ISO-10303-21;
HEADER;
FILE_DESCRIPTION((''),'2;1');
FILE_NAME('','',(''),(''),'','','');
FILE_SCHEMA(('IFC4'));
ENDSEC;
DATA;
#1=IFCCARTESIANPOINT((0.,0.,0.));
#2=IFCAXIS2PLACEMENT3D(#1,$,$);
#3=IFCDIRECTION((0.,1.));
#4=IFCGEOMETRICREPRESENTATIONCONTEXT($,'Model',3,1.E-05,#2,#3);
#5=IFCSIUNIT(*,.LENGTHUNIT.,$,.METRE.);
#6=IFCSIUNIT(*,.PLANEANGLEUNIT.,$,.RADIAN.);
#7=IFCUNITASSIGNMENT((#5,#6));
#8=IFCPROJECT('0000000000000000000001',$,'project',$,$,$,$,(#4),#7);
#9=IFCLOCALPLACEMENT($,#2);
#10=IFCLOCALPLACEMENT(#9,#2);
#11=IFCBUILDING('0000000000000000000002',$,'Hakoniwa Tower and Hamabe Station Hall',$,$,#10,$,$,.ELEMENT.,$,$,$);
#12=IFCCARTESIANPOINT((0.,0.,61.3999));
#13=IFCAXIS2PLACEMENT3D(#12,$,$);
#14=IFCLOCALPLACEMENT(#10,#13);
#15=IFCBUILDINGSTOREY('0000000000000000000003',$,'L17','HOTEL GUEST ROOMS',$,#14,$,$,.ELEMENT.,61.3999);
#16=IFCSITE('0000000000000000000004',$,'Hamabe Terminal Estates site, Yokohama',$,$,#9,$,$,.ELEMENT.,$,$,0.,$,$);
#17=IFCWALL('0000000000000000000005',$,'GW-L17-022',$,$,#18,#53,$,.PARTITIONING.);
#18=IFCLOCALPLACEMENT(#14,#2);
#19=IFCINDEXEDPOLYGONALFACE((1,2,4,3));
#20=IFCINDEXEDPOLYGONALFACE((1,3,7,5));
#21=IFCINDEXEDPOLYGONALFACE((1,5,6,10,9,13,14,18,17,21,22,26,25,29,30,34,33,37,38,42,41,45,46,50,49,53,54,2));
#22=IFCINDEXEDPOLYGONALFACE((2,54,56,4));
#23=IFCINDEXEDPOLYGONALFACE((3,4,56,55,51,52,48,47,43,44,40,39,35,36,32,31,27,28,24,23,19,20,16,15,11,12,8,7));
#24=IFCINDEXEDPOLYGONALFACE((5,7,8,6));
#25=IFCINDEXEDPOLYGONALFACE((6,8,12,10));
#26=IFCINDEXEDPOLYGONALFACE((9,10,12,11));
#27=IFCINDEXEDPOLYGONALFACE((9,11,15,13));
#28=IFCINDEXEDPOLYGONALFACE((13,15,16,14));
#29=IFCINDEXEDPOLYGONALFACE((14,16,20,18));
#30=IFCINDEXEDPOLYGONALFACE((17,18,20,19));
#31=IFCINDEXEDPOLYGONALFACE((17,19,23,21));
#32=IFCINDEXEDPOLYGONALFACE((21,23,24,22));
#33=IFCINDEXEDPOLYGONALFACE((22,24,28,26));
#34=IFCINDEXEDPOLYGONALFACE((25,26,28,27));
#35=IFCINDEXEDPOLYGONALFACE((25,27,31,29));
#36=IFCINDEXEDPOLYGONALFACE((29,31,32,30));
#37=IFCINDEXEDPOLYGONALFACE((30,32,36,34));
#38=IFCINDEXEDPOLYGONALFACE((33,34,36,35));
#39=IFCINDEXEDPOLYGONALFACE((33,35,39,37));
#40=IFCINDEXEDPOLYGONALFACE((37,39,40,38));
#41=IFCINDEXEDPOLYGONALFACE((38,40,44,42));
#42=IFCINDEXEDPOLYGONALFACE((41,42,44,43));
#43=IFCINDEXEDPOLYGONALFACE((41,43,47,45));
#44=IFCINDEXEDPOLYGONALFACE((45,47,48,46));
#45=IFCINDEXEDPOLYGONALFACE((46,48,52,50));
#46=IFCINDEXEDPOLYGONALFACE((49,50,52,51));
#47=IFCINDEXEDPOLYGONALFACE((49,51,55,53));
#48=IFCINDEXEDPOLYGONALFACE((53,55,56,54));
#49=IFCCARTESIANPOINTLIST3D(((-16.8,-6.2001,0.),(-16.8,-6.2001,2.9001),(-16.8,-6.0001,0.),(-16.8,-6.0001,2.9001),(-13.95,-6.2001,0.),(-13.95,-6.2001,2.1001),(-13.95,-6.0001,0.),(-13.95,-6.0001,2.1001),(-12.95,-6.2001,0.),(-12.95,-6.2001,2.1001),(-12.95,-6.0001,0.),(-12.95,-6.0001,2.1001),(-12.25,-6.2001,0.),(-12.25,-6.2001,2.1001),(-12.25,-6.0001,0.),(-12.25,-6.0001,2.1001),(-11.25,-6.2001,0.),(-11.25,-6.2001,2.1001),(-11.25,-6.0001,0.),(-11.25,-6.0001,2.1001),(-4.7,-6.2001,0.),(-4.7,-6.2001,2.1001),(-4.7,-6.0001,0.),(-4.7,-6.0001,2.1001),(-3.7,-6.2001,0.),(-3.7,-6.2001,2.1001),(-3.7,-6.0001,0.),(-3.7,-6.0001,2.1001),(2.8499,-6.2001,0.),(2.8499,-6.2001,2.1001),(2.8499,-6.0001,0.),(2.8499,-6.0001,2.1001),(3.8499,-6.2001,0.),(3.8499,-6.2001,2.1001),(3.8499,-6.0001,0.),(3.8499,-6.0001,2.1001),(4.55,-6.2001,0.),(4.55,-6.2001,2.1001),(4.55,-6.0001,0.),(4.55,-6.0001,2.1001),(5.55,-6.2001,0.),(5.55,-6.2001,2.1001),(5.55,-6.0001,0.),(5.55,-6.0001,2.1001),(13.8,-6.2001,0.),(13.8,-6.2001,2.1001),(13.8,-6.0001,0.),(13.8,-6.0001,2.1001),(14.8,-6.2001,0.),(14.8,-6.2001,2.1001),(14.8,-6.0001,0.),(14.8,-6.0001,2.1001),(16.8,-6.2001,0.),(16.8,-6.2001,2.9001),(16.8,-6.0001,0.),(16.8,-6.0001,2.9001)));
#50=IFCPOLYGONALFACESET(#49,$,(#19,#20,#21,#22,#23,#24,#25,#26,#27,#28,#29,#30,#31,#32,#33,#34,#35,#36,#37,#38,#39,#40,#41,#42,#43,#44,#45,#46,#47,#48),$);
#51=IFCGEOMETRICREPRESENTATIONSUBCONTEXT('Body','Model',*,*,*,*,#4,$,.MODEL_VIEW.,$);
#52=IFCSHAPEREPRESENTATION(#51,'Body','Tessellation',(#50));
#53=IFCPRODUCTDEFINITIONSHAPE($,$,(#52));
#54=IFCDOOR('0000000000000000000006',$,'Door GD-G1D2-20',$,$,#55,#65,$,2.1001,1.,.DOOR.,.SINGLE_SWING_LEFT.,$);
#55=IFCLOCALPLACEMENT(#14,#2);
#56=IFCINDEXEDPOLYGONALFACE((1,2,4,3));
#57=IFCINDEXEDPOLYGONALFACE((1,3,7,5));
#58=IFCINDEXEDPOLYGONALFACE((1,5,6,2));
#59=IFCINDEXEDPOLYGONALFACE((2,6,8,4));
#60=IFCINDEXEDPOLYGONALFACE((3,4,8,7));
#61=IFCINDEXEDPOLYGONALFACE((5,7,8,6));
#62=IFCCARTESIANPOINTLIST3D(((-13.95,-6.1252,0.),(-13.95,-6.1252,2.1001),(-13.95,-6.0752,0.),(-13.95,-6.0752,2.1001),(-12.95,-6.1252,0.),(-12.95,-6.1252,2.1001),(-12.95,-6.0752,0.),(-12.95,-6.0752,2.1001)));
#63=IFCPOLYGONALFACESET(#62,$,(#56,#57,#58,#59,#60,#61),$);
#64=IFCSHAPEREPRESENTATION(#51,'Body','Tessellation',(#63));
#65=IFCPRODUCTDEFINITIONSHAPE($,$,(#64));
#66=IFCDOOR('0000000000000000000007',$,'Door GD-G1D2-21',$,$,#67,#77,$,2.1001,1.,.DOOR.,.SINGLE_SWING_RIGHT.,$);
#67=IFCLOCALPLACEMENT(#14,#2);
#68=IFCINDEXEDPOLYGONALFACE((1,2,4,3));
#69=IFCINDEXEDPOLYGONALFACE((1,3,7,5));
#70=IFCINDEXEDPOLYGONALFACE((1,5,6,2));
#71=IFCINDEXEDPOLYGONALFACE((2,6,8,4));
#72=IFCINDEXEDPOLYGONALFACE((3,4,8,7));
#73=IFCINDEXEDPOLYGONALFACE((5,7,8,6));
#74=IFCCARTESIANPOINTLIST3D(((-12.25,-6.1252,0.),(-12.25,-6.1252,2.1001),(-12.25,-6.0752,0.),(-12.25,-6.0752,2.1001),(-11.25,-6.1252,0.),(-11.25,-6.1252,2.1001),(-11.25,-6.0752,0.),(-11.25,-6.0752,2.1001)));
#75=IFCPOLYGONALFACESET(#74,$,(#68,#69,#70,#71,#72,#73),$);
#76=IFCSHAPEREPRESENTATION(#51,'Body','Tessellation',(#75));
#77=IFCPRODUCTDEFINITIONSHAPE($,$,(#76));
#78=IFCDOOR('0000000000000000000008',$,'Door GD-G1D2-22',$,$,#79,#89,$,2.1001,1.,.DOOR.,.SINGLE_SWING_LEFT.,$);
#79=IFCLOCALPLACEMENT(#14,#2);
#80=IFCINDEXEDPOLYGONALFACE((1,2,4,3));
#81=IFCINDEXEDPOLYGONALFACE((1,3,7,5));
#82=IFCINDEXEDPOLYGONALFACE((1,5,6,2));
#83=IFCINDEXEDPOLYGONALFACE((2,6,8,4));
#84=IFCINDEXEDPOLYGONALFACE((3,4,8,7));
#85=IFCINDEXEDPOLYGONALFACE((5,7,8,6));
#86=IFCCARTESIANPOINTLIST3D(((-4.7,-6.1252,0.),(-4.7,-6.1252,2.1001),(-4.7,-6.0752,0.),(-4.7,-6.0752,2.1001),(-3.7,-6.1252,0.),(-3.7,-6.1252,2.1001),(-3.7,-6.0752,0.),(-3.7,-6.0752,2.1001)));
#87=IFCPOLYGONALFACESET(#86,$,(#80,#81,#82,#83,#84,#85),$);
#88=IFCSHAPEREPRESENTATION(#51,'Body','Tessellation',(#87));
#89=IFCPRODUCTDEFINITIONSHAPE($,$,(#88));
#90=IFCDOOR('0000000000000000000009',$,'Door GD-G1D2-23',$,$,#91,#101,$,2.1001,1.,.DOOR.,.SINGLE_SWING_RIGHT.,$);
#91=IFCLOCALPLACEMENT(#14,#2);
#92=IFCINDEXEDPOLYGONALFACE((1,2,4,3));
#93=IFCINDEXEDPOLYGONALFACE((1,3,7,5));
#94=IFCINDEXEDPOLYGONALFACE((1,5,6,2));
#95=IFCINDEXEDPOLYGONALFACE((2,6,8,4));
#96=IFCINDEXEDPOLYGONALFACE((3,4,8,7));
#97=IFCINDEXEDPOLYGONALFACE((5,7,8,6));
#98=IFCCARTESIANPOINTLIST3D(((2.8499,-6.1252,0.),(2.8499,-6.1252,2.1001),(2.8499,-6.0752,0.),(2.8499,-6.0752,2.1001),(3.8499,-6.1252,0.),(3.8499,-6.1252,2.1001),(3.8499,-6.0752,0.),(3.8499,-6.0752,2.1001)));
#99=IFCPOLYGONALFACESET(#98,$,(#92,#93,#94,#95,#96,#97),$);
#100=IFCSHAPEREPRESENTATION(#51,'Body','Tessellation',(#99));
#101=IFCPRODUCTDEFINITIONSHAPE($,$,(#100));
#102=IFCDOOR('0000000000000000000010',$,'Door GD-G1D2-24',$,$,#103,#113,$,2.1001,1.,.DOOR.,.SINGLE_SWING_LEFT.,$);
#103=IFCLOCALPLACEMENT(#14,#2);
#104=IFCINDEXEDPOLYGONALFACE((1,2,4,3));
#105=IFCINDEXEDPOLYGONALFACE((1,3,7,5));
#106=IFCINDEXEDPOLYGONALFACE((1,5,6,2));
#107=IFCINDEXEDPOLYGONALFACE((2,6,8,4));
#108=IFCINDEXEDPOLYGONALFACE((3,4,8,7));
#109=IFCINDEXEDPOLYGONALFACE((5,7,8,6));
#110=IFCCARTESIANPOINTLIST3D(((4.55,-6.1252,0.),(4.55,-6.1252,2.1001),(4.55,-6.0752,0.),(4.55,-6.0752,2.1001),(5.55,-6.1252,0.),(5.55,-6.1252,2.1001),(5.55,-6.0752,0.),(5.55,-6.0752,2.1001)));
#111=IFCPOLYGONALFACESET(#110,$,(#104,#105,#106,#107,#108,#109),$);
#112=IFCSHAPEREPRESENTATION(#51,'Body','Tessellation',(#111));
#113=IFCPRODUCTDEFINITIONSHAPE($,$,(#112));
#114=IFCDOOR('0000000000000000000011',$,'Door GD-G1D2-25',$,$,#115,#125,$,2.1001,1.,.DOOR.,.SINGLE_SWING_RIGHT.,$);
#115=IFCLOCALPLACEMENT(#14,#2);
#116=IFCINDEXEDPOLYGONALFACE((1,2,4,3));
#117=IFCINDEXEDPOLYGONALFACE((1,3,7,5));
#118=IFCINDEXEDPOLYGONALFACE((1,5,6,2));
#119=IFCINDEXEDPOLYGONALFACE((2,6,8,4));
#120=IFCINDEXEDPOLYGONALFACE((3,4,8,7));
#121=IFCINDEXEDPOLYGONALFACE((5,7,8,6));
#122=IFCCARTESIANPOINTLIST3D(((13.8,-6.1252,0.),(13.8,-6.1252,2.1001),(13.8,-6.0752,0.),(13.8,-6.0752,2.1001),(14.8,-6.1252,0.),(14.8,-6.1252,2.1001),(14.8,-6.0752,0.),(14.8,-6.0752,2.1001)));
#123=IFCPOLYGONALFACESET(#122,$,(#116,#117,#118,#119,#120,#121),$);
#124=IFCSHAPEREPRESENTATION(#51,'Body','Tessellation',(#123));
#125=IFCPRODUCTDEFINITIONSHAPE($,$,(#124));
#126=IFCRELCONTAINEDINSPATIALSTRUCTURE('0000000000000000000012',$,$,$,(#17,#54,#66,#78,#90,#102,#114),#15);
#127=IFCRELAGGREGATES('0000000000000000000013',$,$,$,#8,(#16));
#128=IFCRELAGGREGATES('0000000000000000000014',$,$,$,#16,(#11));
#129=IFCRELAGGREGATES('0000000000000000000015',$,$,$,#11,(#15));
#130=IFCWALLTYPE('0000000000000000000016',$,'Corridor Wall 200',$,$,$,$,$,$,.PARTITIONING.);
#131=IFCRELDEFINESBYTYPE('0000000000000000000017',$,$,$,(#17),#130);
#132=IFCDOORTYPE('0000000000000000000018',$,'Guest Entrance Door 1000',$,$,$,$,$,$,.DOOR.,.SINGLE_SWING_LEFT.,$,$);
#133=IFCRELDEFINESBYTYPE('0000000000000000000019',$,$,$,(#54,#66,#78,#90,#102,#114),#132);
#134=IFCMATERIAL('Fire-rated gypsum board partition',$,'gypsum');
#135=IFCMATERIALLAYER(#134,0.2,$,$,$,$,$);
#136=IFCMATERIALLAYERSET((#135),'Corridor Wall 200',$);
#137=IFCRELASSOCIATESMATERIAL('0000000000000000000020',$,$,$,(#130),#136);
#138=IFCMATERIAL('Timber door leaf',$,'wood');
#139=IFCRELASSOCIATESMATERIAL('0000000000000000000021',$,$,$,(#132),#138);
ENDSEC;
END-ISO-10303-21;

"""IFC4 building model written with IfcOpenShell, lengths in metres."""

from ifc_helpers import new_model, si_unit, direction, frame, frame_2d, origin, place, context, subcontext, project, spatial, rectangle, extrude, material, layer, layer_set, type_object, element, fill, save


model = new_model("IFC4")

# Units and contexts
model_context = context("Model", 3, precision=1e-05, world=origin(), true_north=direction((0.0, 1.0)))
body_context = subcontext(model_context, "Body", "Model", "MODEL_VIEW")
ifc_project = project(units=[si_unit("LENGTHUNIT", "METRE"), si_unit("PLANEANGLEUNIT", "RADIAN")], contexts=[model_context])

# Site, building, storey
site_placement = place(None, origin())
site = spatial("IfcSite", under=ifc_project, at=site_placement, Name="Hamabe Terminal Estates site, Yokohama", CompositionType="ELEMENT", RefElevation=0.0)
building_placement = place(site_placement, origin())
building = spatial("IfcBuilding", under=site, at=building_placement, Name="Hakoniwa Tower and Hamabe Station Hall", CompositionType="ELEMENT")
storey_placement = place(building_placement, frame((0.0, 0.0, 61.3999)))
storey = spatial("IfcBuildingStorey", under=building, at=storey_placement, Name="L17", Description="HOTEL GUEST ROOMS", CompositionType="ELEMENT", Elevation=61.3999)

# Wall, openings, doors
ifc_material_1 = material(Name="Fire-rated gypsum board partition", Category="gypsum")
ifc_layer_1 = layer(ifc_material_1, 0.2)
ifc_layer_set_1 = layer_set([ifc_layer_1], Name="Corridor Wall 200")
wall_type_1 = type_object("IfcWallType", Name="Corridor Wall 200", PredefinedType="PARTITIONING", material=ifc_layer_set_1)
wall_1_placement = place(storey_placement, frame((-16.8, -6.1001, 0.0), z_axis=(0.0, 0.0, 1.0), x_axis=(1.0, 0.0, 0.0)))
wall_1 = element("IfcWall", 1, at=wall_1_placement, inside=storey, type_object=wall_type_1, Name="GW-L17-022", PredefinedType="PARTITIONING", context=body_context, shape_type="SweptSolid", body=[
    extrude(rectangle(XDim=33.6001, YDim=0.2, at=frame_2d((16.8, 0.0))), origin(), (0.0, 0.0, 1.0), 2.9001),
])
opening_1_placement = place(wall_1_placement, frame((2.8501, 0.0, 0.0)))
opening_1 = element("IfcOpeningElement", 2, at=opening_1_placement, cuts=wall_1, PredefinedType="OPENING", context=body_context, shape_type="SweptSolid", body=[
    extrude(rectangle(XDim=1.0, YDim=2.1001, at=frame_2d((0.5, 1.05))), frame((0.0, 0.1099, 0.0), z_axis=(0.0, -1.0, 0.0), x_axis=(1.0, 0.0, 0.0)), (0.0, 0.0, 1.0), 0.22),
])
opening_2_placement = place(wall_1_placement, frame((4.55, 0.0, 0.0)))
opening_2 = element("IfcOpeningElement", 3, at=opening_2_placement, cuts=wall_1, PredefinedType="OPENING", context=body_context, shape_type="SweptSolid", body=[
    extrude(rectangle(XDim=1.0, YDim=2.1001, at=frame_2d((0.5, 1.05))), frame((0.0, 0.1099, 0.0), z_axis=(0.0, -1.0, 0.0), x_axis=(1.0, 0.0, 0.0)), (0.0, 0.0, 1.0), 0.22),
])
opening_3_placement = place(wall_1_placement, frame((12.1001, 0.0, 0.0)))
opening_3 = element("IfcOpeningElement", 4, at=opening_3_placement, cuts=wall_1, PredefinedType="OPENING", context=body_context, shape_type="SweptSolid", body=[
    extrude(rectangle(XDim=1.0, YDim=2.1001, at=frame_2d((0.5, 1.05))), frame((0.0, 0.1099, 0.0), z_axis=(0.0, -1.0, 0.0), x_axis=(1.0, 0.0, 0.0)), (0.0, 0.0, 1.0), 0.22),
])
opening_4_placement = place(wall_1_placement, frame((19.6499, 0.0, 0.0)))
opening_4 = element("IfcOpeningElement", 5, at=opening_4_placement, cuts=wall_1, PredefinedType="OPENING", context=body_context, shape_type="SweptSolid", body=[
    extrude(rectangle(XDim=1.0, YDim=2.1001, at=frame_2d((0.5, 1.05))), frame((0.0, 0.1099, 0.0), z_axis=(0.0, -1.0, 0.0), x_axis=(1.0, 0.0, 0.0)), (0.0, 0.0, 1.0), 0.22),
])
opening_5_placement = place(wall_1_placement, frame((21.3501, 0.0, 0.0)))
opening_5 = element("IfcOpeningElement", 6, at=opening_5_placement, cuts=wall_1, PredefinedType="OPENING", context=body_context, shape_type="SweptSolid", body=[
    extrude(rectangle(XDim=1.0, YDim=2.1001, at=frame_2d((0.5, 1.05))), frame((0.0, 0.1099, 0.0), z_axis=(0.0, -1.0, 0.0), x_axis=(1.0, 0.0, 0.0)), (0.0, 0.0, 1.0), 0.22),
])
opening_6_placement = place(wall_1_placement, frame((30.6001, 0.0, 0.0)))
opening_6 = element("IfcOpeningElement", 7, at=opening_6_placement, cuts=wall_1, PredefinedType="OPENING", context=body_context, shape_type="SweptSolid", body=[
    extrude(rectangle(XDim=1.0, YDim=2.1001, at=frame_2d((0.5, 1.05))), frame((0.0, 0.1099, 0.0), z_axis=(0.0, -1.0, 0.0), x_axis=(1.0, 0.0, 0.0)), (0.0, 0.0, 1.0), 0.22),
])
ifc_material_2 = material(Name="Timber door leaf", Category="wood")
door_type_1 = type_object("IfcDoorType", Name="Guest Entrance Door 1000", OperationType="SINGLE_SWING_LEFT", PredefinedType="DOOR", material=ifc_material_2)
door_1_placement = place(opening_1_placement, origin())
door_1 = element("IfcDoor", 8, at=door_1_placement, inside=storey, type_object=door_type_1, Name="Door GD-G1D2-20", OperationType="SINGLE_SWING_LEFT", OverallHeight=2.1001, OverallWidth=1.0, PredefinedType="DOOR", context=body_context, shape_type="SweptSolid", body=[
    extrude(rectangle(XDim=1.0, YDim=2.1001, at=frame_2d((0.5, 1.05))), frame((0.0, 0.0249, 0.0), z_axis=(0.0, -1.0, 0.0), x_axis=(1.0, 0.0, 0.0)), (0.0, 0.0, 1.0), 0.05),
])
fill(opening_1, door_1)
door_2_placement = place(opening_2_placement, origin())
door_2 = element("IfcDoor", 9, at=door_2_placement, inside=storey, type_object=door_type_1, Name="Door GD-G1D2-21", OperationType="SINGLE_SWING_RIGHT", OverallHeight=2.1001, OverallWidth=1.0, PredefinedType="DOOR", context=body_context, shape_type="SweptSolid", body=[
    extrude(rectangle(XDim=1.0, YDim=2.1001, at=frame_2d((0.5, 1.05))), frame((0.0, 0.0249, 0.0), z_axis=(0.0, -1.0, 0.0), x_axis=(1.0, 0.0, 0.0)), (0.0, 0.0, 1.0), 0.05),
])
fill(opening_2, door_2)
door_3_placement = place(opening_3_placement, origin())
door_3 = element("IfcDoor", 10, at=door_3_placement, inside=storey, type_object=door_type_1, Name="Door GD-G1D2-22", OperationType="SINGLE_SWING_LEFT", OverallHeight=2.1001, OverallWidth=1.0, PredefinedType="DOOR", context=body_context, shape_type="SweptSolid", body=[
    extrude(rectangle(XDim=1.0, YDim=2.1001, at=frame_2d((0.5, 1.05))), frame((0.0, 0.0249, 0.0), z_axis=(0.0, -1.0, 0.0), x_axis=(1.0, 0.0, 0.0)), (0.0, 0.0, 1.0), 0.05),
])
fill(opening_3, door_3)
door_4_placement = place(opening_4_placement, origin())
door_4 = element("IfcDoor", 11, at=door_4_placement, inside=storey, type_object=door_type_1, Name="Door GD-G1D2-23", OperationType="SINGLE_SWING_RIGHT", OverallHeight=2.1001, OverallWidth=1.0, PredefinedType="DOOR", context=body_context, shape_type="SweptSolid", body=[
    extrude(rectangle(XDim=1.0, YDim=2.1001, at=frame_2d((0.5, 1.05))), frame((0.0, 0.0249, 0.0), z_axis=(0.0, -1.0, 0.0), x_axis=(1.0, 0.0, 0.0)), (0.0, 0.0, 1.0), 0.05),
])
fill(opening_4, door_4)
door_5_placement = place(opening_5_placement, origin())
door_5 = element("IfcDoor", 12, at=door_5_placement, inside=storey, type_object=door_type_1, Name="Door GD-G1D2-24", OperationType="SINGLE_SWING_LEFT", OverallHeight=2.1001, OverallWidth=1.0, PredefinedType="DOOR", context=body_context, shape_type="SweptSolid", body=[
    extrude(rectangle(XDim=1.0, YDim=2.1001, at=frame_2d((0.5, 1.05))), frame((0.0, 0.0249, 0.0), z_axis=(0.0, -1.0, 0.0), x_axis=(1.0, 0.0, 0.0)), (0.0, 0.0, 1.0), 0.05),
])
fill(opening_5, door_5)
door_6_placement = place(opening_6_placement, origin())
door_6 = element("IfcDoor", 13, at=door_6_placement, inside=storey, type_object=door_type_1, Name="Door GD-G1D2-25", OperationType="SINGLE_SWING_RIGHT", OverallHeight=2.1001, OverallWidth=1.0, PredefinedType="DOOR", context=body_context, shape_type="SweptSolid", body=[
    extrude(rectangle(XDim=1.0, YDim=2.1001, at=frame_2d((0.5, 1.05))), frame((0.0, 0.0249, 0.0), z_axis=(0.0, -1.0, 0.0), x_axis=(1.0, 0.0, 0.0)), (0.0, 0.0, 1.0), 0.05),
])
fill(opening_6, door_6)

save(model, "model.ifc")
